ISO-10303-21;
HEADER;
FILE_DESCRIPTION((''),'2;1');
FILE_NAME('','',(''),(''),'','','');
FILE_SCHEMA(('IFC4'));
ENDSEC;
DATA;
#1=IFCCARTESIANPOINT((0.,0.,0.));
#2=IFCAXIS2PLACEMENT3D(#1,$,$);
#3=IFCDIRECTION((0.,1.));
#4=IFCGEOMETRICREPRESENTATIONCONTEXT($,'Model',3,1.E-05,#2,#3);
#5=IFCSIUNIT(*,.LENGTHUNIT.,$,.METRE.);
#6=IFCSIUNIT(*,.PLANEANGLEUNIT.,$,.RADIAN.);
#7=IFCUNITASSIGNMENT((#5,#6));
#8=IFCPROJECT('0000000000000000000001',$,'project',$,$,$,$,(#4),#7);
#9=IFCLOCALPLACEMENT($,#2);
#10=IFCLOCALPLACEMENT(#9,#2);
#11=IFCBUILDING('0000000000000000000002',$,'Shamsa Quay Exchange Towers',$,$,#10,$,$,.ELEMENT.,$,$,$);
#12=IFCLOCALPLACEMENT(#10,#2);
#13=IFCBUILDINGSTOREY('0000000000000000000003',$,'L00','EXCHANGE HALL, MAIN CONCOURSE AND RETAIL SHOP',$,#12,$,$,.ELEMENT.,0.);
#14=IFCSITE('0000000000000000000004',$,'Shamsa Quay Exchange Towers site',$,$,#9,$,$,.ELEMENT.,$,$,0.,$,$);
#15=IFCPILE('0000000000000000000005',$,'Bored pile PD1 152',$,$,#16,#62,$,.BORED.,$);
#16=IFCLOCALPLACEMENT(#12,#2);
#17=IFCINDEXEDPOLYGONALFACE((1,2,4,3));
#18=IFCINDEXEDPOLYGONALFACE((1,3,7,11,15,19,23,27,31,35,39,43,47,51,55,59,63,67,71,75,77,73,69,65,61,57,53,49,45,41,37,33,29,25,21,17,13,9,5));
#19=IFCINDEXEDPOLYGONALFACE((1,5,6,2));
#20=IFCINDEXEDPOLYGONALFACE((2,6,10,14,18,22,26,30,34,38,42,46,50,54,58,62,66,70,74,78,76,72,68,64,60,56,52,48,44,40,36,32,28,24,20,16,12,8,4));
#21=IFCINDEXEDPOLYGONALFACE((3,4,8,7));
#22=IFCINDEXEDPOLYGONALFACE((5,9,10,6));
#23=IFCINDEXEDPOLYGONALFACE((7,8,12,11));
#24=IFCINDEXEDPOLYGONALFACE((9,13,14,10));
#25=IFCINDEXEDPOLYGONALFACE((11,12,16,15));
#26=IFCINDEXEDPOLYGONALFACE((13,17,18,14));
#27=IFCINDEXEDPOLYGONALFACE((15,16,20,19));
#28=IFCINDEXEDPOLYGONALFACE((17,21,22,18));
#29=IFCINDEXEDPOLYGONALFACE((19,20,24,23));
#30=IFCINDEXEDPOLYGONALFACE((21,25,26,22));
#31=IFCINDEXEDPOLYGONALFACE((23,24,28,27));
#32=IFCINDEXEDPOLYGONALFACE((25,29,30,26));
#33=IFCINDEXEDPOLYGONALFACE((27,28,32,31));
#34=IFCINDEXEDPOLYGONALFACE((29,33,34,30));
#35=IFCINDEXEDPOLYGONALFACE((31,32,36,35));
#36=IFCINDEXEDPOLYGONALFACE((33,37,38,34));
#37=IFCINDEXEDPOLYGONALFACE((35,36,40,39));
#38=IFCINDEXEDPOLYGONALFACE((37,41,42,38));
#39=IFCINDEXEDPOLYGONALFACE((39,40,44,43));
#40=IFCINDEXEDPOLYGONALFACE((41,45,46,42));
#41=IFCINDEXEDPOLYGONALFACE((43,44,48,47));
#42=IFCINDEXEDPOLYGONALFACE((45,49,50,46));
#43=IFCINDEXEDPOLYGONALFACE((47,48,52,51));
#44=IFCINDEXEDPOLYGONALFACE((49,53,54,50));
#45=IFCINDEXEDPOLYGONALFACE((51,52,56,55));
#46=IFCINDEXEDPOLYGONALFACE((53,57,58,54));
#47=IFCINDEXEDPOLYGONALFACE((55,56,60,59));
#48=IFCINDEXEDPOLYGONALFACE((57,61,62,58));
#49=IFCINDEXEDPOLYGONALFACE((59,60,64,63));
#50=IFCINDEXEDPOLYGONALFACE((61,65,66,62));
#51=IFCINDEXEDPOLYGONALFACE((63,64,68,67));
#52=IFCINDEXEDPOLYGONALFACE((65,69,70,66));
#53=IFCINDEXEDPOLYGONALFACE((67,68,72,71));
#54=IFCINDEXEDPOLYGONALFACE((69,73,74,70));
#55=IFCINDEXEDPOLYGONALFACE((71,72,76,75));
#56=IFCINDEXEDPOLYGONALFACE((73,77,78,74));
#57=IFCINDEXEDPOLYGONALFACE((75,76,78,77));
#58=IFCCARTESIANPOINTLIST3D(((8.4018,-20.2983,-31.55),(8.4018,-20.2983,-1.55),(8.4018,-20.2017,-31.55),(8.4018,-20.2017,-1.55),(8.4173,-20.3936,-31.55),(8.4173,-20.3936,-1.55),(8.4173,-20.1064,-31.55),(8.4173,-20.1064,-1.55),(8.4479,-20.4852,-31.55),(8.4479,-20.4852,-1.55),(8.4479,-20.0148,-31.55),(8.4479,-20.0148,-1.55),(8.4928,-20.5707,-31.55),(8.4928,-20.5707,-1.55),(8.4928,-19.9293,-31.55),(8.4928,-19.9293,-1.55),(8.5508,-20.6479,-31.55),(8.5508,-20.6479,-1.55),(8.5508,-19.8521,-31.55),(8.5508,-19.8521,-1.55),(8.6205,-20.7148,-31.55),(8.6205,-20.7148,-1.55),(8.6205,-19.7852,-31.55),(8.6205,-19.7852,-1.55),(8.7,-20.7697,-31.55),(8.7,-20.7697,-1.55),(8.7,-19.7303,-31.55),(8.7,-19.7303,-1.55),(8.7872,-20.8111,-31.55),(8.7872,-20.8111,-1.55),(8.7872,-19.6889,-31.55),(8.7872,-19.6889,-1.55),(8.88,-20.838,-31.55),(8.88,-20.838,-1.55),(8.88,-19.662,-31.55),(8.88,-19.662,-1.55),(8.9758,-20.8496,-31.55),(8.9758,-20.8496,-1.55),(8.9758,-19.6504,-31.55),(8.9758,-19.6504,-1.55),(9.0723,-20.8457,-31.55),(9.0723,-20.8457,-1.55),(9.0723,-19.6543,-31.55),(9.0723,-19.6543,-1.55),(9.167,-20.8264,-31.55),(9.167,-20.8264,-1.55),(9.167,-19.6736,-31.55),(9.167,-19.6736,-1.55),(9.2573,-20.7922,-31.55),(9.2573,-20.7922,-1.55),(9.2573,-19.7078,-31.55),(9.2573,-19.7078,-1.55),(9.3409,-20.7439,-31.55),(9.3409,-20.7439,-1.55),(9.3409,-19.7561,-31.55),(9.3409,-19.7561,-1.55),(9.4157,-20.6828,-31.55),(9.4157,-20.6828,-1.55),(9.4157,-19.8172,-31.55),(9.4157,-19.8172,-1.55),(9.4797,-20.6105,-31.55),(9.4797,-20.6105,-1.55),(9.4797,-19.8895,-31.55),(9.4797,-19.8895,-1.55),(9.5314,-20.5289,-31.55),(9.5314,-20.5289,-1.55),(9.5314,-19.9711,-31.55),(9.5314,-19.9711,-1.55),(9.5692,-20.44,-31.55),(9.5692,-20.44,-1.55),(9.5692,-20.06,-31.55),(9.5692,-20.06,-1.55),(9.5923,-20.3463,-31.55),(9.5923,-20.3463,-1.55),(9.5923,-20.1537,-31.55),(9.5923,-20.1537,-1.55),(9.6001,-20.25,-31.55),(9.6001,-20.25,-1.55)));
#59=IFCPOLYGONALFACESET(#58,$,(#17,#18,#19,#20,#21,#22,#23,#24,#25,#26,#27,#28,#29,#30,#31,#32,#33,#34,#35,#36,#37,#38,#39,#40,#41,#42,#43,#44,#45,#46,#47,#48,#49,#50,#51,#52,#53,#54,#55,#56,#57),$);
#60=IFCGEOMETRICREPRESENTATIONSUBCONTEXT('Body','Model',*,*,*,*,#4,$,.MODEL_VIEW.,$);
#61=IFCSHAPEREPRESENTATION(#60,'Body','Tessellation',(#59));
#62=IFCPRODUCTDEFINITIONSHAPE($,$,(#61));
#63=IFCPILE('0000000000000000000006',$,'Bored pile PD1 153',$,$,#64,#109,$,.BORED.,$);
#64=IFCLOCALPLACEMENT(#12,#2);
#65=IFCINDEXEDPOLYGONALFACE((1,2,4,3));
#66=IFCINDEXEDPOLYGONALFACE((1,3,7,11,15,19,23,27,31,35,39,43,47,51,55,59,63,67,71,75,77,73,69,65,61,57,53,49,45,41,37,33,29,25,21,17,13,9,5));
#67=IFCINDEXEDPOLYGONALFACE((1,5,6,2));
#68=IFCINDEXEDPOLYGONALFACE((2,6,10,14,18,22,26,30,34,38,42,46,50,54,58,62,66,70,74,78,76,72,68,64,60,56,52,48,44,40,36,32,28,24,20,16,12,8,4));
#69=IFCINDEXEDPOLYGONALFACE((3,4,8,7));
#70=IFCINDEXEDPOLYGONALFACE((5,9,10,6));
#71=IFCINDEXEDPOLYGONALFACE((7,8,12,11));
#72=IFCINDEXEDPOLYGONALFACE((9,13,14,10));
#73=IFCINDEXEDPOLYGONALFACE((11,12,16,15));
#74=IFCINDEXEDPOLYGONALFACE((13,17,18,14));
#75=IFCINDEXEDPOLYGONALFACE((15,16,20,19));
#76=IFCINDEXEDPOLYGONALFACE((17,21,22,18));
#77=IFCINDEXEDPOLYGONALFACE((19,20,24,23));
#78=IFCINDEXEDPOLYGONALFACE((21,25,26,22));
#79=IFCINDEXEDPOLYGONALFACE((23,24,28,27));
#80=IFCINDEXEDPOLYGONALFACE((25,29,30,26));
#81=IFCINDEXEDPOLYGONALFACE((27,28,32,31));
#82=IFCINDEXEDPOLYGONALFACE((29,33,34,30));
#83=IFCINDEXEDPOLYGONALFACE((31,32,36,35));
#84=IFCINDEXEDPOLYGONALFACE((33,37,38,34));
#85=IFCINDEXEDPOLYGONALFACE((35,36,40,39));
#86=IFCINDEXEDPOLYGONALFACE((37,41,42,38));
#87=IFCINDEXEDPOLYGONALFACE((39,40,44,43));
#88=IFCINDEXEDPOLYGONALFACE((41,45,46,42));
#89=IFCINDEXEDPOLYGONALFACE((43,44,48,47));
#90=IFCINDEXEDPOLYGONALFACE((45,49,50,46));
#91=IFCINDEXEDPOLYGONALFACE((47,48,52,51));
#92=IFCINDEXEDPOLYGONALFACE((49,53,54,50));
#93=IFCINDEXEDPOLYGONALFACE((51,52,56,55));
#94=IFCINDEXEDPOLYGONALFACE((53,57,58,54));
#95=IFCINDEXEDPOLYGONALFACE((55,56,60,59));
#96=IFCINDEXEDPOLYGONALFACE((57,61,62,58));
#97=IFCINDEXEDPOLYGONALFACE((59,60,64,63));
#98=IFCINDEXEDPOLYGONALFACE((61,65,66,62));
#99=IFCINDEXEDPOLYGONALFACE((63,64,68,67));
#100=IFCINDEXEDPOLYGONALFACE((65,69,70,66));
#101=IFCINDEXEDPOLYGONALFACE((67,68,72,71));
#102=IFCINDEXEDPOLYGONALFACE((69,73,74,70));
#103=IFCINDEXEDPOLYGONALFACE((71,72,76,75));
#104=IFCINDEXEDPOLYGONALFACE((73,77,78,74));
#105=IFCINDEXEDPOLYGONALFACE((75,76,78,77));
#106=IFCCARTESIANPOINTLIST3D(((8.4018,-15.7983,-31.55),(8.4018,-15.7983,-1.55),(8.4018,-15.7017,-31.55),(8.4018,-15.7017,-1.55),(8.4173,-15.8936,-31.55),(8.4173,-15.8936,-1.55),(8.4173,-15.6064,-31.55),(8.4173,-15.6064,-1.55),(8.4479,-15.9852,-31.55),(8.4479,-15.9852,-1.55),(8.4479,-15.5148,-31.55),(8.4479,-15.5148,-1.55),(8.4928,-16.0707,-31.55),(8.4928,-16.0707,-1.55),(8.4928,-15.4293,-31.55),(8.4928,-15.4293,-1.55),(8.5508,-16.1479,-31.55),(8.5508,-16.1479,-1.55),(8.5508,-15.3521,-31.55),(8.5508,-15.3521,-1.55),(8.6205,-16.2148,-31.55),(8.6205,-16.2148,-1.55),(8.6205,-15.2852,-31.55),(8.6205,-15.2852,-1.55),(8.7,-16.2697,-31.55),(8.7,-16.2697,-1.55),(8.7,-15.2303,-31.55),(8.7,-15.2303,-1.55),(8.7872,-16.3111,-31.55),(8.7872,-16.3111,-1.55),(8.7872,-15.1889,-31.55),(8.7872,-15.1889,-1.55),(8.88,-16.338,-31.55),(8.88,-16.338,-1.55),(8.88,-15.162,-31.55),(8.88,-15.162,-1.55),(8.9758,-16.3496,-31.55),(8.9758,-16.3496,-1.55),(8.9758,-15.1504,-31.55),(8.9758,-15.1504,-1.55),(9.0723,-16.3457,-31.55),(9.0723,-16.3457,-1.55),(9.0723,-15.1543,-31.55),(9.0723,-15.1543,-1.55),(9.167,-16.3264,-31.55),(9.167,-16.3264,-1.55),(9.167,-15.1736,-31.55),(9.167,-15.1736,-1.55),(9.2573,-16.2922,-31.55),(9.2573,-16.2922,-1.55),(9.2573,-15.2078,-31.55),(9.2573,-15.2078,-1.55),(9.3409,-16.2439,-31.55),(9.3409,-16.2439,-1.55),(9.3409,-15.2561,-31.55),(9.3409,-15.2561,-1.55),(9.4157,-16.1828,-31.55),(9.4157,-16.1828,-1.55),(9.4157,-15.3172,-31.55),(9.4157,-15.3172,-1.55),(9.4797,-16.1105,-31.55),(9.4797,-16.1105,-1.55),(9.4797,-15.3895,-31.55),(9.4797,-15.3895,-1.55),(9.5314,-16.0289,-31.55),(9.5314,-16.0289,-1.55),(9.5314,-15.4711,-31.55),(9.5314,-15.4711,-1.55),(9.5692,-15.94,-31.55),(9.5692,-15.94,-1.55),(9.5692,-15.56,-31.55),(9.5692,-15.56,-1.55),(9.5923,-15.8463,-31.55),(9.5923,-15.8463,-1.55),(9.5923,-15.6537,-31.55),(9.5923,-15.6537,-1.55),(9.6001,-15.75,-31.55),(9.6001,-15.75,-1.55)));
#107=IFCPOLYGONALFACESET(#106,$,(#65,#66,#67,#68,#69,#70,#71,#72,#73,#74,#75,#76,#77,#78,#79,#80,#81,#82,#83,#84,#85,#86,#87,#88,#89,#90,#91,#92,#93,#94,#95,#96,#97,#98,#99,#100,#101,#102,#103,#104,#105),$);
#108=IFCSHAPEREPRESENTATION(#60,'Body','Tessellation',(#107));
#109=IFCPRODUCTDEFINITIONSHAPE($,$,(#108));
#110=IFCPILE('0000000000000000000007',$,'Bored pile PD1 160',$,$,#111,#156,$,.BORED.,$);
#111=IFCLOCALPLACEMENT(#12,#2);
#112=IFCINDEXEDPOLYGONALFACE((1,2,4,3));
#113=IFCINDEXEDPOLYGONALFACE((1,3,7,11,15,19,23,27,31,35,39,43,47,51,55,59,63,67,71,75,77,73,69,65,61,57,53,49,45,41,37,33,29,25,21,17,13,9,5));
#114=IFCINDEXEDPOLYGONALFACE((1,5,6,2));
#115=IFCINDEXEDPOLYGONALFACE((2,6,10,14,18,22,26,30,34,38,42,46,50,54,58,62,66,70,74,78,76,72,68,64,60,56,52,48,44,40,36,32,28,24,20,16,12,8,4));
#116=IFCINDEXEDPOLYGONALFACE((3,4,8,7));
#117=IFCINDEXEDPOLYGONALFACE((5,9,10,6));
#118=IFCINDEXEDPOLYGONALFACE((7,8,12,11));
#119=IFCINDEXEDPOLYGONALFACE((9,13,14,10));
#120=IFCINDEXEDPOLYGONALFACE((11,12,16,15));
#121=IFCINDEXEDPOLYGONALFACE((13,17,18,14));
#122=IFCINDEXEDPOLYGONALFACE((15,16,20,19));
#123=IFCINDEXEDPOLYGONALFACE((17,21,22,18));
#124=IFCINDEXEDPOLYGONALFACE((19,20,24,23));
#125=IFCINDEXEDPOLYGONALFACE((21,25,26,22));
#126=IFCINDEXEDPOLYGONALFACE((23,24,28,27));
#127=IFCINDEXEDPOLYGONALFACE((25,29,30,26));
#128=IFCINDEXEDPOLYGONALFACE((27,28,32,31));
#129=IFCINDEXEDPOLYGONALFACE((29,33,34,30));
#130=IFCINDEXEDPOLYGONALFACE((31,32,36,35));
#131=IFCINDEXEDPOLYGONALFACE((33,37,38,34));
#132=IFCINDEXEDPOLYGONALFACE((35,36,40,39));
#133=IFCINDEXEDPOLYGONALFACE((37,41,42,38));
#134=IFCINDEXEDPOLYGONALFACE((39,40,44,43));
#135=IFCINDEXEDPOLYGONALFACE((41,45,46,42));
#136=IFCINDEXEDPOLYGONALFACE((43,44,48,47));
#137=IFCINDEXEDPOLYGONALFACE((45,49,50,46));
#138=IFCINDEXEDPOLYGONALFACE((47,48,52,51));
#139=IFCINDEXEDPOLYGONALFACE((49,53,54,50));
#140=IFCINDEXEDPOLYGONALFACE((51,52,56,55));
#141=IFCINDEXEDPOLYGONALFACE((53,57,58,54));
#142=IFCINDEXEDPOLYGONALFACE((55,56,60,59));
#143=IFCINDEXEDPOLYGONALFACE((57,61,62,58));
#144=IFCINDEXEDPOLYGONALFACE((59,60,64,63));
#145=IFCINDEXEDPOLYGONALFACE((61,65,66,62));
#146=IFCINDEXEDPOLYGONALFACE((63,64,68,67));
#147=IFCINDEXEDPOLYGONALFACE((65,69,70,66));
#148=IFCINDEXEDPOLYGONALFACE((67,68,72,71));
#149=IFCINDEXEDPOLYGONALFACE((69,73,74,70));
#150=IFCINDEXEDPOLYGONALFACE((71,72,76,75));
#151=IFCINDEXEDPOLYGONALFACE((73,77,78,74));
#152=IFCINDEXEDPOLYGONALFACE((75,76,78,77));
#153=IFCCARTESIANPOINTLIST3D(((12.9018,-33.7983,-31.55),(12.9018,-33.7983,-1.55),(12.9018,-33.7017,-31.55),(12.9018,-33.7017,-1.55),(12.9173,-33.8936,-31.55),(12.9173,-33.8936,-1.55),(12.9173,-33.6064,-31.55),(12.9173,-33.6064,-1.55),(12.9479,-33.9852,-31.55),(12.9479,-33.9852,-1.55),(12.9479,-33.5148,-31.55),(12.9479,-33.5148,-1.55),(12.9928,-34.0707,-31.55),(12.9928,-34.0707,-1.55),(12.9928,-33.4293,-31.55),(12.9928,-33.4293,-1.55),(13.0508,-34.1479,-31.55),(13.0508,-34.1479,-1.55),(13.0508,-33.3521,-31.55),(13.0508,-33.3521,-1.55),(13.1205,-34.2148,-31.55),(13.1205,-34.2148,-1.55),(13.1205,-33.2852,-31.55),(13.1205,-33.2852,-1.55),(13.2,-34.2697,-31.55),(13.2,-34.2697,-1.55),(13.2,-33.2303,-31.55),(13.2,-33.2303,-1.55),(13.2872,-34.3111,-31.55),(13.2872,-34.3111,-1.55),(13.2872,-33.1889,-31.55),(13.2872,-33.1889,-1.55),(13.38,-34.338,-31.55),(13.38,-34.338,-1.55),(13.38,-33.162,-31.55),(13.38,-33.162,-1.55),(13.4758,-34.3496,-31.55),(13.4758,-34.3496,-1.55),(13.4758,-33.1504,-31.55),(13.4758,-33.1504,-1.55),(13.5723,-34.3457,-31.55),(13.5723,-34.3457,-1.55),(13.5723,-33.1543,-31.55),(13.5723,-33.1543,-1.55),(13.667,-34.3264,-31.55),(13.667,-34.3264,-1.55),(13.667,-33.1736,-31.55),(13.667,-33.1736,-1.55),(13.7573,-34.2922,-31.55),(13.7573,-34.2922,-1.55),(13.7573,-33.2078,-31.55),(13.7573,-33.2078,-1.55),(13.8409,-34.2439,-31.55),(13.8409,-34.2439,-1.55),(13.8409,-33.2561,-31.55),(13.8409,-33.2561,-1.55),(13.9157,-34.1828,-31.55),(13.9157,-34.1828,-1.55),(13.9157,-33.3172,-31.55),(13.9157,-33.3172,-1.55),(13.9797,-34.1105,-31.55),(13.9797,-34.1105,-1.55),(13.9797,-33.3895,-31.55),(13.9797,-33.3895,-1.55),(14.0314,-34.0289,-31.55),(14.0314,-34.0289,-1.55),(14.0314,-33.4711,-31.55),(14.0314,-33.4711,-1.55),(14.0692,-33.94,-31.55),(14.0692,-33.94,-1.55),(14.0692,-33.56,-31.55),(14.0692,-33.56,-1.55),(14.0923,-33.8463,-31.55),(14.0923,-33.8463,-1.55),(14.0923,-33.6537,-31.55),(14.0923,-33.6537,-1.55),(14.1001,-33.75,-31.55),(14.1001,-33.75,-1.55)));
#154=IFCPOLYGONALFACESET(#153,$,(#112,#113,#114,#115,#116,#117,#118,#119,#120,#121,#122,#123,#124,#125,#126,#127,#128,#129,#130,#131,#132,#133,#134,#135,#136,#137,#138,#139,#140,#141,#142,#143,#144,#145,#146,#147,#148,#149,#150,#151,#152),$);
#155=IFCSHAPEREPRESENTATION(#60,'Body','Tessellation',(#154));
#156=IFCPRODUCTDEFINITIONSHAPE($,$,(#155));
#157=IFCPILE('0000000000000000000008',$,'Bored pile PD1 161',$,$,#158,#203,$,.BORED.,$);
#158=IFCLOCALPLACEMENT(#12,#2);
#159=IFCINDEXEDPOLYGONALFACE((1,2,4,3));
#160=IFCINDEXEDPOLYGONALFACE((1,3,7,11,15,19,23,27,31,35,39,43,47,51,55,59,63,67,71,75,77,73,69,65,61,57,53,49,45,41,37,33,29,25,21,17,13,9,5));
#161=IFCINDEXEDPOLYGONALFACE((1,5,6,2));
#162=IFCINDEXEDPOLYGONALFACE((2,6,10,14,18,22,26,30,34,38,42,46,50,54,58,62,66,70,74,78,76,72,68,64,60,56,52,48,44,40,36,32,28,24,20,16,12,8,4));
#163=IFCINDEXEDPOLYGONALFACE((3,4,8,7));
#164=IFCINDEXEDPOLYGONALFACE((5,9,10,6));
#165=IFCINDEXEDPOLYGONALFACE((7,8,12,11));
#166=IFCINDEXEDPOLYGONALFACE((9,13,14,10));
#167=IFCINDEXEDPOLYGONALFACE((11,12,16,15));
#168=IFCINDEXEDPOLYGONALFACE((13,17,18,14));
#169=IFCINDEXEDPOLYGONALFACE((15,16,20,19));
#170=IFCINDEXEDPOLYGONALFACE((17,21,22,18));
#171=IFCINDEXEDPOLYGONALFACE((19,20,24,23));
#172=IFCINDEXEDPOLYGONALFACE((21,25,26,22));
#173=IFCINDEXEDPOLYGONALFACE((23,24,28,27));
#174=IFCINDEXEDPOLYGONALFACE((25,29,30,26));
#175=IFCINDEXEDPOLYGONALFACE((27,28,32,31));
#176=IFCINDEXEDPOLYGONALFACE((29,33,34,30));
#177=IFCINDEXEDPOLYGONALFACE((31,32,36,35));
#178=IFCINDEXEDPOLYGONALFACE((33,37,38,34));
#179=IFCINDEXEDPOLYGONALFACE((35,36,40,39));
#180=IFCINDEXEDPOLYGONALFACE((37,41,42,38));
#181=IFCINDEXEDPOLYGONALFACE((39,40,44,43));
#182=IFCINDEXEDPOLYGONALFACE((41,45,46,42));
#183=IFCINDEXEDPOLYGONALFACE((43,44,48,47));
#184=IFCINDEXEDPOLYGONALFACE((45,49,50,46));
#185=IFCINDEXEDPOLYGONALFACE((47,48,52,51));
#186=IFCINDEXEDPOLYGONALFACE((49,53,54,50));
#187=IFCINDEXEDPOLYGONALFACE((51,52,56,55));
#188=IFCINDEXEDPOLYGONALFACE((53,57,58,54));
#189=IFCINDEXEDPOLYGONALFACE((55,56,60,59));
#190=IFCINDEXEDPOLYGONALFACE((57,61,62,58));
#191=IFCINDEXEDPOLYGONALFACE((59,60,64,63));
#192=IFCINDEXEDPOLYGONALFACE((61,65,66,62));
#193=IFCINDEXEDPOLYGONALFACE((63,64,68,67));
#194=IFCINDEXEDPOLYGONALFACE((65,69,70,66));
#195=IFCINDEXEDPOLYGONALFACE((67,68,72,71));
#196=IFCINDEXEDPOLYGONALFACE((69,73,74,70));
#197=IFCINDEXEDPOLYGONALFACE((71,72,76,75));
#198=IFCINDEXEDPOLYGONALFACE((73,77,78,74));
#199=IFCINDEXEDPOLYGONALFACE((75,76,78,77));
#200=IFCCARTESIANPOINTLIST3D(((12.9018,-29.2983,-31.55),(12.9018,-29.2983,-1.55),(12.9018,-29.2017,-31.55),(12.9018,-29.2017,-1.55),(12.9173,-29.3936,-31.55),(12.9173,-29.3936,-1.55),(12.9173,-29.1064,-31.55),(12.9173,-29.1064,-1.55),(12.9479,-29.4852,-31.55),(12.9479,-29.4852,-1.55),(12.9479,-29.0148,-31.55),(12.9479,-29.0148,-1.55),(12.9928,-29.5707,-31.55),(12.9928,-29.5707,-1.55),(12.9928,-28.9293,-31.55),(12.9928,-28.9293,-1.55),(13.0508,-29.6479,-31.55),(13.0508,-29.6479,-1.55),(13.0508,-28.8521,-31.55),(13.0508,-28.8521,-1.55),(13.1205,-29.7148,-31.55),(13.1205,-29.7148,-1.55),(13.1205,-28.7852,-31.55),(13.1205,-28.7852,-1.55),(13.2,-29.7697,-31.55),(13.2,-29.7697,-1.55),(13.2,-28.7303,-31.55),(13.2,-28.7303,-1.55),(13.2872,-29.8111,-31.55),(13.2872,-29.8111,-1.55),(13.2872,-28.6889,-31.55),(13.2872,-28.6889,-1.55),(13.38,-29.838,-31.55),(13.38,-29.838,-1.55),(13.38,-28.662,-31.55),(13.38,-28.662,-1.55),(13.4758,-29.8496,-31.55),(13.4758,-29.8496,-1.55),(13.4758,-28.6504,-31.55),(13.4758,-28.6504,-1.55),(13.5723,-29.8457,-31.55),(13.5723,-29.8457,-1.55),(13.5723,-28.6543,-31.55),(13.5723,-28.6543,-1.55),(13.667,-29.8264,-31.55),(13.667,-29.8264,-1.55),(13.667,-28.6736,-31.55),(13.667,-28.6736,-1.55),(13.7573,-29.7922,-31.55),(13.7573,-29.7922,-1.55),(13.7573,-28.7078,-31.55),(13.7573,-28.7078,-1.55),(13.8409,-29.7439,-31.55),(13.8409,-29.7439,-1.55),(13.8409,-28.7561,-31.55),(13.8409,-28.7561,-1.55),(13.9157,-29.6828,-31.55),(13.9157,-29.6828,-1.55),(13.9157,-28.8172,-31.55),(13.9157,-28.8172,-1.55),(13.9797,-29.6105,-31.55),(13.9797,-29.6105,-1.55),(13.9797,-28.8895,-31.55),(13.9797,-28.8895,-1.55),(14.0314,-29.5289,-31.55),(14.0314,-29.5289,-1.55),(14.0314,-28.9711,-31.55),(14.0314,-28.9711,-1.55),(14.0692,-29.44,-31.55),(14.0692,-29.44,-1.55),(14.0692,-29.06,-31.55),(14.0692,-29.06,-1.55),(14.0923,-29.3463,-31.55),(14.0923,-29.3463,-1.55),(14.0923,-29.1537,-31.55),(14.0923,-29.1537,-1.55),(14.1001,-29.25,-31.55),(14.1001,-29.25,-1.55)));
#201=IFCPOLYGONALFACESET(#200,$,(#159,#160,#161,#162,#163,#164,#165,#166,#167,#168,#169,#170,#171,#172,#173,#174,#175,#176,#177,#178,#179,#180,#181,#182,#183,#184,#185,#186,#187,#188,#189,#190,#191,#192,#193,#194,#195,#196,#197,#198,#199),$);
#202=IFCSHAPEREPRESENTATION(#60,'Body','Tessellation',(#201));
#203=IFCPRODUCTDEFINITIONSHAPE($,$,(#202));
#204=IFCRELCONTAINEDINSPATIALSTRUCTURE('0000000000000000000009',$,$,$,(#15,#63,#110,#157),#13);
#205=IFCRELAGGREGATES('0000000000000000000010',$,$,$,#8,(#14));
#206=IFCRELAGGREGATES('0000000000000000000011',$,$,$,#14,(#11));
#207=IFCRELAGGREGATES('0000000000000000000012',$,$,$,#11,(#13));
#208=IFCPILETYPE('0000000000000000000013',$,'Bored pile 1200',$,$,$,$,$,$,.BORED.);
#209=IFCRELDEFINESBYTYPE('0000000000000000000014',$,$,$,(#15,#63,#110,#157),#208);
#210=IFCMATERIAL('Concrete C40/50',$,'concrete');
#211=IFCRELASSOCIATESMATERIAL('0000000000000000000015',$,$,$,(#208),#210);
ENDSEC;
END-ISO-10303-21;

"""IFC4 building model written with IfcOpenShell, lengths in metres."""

from ifc_helpers import new_model, si_unit, direction, frame, origin, origin_2d, place, context, subcontext, project, spatial, circle, extrude, material, material_profile, profile_set, type_object, element, save


model = new_model("IFC4")

# Units and contexts
model_context = context("Model", 3, precision=1e-05, world=origin(), true_north=direction((0.0, 1.0)))
body_context = subcontext(model_context, "Body", "Model", "MODEL_VIEW")
ifc_project = project(units=[si_unit("LENGTHUNIT", "METRE"), si_unit("PLANEANGLEUNIT", "RADIAN")], contexts=[model_context])

# Site, building, storey
site_placement = place(None, origin())
site = spatial("IfcSite", under=ifc_project, at=site_placement, Name="Shamsa Quay Exchange Towers site", CompositionType="ELEMENT", RefElevation=0.0)
building_placement = place(site_placement, origin())
building = spatial("IfcBuilding", under=site, at=building_placement, Name="Shamsa Quay Exchange Towers", CompositionType="ELEMENT")
storey_placement = place(building_placement, origin())
storey = spatial("IfcBuildingStorey", under=building, at=storey_placement, Name="L00", Description="EXCHANGE HALL, MAIN CONCOURSE AND RETAIL SHOP", CompositionType="ELEMENT", Elevation=0.0)

# Piles
ifc_material_1 = material(Name="Concrete C40/50", Category="concrete")
ifc_material_profile_1 = material_profile(ifc_material_1, circle(Radius=0.6001, at=origin_2d()), Name="BP1200")
ifc_profile_set_1 = profile_set([ifc_material_profile_1], Name="Concrete C40/50")
pile_type = type_object("IfcPileType", Name="Bored pile 1200", PredefinedType="BORED", material=ifc_profile_set_1)
for number, where, z_axis, x_axis, name in (
    (1, (9.0, -20.25, -1.55), (0.0, 0.0, -1.0), (1.0, 0.0, 0.0), "Bored pile PD1 152"),
    (2, (9.0, -15.75, -1.55), (0.0, 0.0, -1.0), (1.0, 0.0, 0.0), "Bored pile PD1 153"),
    (3, (13.5, -33.75, -1.55), (0.0, 0.0, -1.0), (1.0, 0.0, 0.0), "Bored pile PD1 160"),
    (4, (13.5, -29.25, -1.55), (0.0, 0.0, -1.0), (1.0, 0.0, 0.0), "Bored pile PD1 161"),
):
    element("IfcPile", number, at=place(storey_placement, frame(where, z_axis=z_axis, x_axis=x_axis)), inside=storey, type_object=pile_type, Name=name, PredefinedType="BORED", context=body_context, shape_type="SweptSolid", body=[
        extrude(circle(Radius=0.6001, at=origin_2d()), origin(), (0.0, 0.0, 1.0), 30.0),
    ])

save(model, "model.ifc")
